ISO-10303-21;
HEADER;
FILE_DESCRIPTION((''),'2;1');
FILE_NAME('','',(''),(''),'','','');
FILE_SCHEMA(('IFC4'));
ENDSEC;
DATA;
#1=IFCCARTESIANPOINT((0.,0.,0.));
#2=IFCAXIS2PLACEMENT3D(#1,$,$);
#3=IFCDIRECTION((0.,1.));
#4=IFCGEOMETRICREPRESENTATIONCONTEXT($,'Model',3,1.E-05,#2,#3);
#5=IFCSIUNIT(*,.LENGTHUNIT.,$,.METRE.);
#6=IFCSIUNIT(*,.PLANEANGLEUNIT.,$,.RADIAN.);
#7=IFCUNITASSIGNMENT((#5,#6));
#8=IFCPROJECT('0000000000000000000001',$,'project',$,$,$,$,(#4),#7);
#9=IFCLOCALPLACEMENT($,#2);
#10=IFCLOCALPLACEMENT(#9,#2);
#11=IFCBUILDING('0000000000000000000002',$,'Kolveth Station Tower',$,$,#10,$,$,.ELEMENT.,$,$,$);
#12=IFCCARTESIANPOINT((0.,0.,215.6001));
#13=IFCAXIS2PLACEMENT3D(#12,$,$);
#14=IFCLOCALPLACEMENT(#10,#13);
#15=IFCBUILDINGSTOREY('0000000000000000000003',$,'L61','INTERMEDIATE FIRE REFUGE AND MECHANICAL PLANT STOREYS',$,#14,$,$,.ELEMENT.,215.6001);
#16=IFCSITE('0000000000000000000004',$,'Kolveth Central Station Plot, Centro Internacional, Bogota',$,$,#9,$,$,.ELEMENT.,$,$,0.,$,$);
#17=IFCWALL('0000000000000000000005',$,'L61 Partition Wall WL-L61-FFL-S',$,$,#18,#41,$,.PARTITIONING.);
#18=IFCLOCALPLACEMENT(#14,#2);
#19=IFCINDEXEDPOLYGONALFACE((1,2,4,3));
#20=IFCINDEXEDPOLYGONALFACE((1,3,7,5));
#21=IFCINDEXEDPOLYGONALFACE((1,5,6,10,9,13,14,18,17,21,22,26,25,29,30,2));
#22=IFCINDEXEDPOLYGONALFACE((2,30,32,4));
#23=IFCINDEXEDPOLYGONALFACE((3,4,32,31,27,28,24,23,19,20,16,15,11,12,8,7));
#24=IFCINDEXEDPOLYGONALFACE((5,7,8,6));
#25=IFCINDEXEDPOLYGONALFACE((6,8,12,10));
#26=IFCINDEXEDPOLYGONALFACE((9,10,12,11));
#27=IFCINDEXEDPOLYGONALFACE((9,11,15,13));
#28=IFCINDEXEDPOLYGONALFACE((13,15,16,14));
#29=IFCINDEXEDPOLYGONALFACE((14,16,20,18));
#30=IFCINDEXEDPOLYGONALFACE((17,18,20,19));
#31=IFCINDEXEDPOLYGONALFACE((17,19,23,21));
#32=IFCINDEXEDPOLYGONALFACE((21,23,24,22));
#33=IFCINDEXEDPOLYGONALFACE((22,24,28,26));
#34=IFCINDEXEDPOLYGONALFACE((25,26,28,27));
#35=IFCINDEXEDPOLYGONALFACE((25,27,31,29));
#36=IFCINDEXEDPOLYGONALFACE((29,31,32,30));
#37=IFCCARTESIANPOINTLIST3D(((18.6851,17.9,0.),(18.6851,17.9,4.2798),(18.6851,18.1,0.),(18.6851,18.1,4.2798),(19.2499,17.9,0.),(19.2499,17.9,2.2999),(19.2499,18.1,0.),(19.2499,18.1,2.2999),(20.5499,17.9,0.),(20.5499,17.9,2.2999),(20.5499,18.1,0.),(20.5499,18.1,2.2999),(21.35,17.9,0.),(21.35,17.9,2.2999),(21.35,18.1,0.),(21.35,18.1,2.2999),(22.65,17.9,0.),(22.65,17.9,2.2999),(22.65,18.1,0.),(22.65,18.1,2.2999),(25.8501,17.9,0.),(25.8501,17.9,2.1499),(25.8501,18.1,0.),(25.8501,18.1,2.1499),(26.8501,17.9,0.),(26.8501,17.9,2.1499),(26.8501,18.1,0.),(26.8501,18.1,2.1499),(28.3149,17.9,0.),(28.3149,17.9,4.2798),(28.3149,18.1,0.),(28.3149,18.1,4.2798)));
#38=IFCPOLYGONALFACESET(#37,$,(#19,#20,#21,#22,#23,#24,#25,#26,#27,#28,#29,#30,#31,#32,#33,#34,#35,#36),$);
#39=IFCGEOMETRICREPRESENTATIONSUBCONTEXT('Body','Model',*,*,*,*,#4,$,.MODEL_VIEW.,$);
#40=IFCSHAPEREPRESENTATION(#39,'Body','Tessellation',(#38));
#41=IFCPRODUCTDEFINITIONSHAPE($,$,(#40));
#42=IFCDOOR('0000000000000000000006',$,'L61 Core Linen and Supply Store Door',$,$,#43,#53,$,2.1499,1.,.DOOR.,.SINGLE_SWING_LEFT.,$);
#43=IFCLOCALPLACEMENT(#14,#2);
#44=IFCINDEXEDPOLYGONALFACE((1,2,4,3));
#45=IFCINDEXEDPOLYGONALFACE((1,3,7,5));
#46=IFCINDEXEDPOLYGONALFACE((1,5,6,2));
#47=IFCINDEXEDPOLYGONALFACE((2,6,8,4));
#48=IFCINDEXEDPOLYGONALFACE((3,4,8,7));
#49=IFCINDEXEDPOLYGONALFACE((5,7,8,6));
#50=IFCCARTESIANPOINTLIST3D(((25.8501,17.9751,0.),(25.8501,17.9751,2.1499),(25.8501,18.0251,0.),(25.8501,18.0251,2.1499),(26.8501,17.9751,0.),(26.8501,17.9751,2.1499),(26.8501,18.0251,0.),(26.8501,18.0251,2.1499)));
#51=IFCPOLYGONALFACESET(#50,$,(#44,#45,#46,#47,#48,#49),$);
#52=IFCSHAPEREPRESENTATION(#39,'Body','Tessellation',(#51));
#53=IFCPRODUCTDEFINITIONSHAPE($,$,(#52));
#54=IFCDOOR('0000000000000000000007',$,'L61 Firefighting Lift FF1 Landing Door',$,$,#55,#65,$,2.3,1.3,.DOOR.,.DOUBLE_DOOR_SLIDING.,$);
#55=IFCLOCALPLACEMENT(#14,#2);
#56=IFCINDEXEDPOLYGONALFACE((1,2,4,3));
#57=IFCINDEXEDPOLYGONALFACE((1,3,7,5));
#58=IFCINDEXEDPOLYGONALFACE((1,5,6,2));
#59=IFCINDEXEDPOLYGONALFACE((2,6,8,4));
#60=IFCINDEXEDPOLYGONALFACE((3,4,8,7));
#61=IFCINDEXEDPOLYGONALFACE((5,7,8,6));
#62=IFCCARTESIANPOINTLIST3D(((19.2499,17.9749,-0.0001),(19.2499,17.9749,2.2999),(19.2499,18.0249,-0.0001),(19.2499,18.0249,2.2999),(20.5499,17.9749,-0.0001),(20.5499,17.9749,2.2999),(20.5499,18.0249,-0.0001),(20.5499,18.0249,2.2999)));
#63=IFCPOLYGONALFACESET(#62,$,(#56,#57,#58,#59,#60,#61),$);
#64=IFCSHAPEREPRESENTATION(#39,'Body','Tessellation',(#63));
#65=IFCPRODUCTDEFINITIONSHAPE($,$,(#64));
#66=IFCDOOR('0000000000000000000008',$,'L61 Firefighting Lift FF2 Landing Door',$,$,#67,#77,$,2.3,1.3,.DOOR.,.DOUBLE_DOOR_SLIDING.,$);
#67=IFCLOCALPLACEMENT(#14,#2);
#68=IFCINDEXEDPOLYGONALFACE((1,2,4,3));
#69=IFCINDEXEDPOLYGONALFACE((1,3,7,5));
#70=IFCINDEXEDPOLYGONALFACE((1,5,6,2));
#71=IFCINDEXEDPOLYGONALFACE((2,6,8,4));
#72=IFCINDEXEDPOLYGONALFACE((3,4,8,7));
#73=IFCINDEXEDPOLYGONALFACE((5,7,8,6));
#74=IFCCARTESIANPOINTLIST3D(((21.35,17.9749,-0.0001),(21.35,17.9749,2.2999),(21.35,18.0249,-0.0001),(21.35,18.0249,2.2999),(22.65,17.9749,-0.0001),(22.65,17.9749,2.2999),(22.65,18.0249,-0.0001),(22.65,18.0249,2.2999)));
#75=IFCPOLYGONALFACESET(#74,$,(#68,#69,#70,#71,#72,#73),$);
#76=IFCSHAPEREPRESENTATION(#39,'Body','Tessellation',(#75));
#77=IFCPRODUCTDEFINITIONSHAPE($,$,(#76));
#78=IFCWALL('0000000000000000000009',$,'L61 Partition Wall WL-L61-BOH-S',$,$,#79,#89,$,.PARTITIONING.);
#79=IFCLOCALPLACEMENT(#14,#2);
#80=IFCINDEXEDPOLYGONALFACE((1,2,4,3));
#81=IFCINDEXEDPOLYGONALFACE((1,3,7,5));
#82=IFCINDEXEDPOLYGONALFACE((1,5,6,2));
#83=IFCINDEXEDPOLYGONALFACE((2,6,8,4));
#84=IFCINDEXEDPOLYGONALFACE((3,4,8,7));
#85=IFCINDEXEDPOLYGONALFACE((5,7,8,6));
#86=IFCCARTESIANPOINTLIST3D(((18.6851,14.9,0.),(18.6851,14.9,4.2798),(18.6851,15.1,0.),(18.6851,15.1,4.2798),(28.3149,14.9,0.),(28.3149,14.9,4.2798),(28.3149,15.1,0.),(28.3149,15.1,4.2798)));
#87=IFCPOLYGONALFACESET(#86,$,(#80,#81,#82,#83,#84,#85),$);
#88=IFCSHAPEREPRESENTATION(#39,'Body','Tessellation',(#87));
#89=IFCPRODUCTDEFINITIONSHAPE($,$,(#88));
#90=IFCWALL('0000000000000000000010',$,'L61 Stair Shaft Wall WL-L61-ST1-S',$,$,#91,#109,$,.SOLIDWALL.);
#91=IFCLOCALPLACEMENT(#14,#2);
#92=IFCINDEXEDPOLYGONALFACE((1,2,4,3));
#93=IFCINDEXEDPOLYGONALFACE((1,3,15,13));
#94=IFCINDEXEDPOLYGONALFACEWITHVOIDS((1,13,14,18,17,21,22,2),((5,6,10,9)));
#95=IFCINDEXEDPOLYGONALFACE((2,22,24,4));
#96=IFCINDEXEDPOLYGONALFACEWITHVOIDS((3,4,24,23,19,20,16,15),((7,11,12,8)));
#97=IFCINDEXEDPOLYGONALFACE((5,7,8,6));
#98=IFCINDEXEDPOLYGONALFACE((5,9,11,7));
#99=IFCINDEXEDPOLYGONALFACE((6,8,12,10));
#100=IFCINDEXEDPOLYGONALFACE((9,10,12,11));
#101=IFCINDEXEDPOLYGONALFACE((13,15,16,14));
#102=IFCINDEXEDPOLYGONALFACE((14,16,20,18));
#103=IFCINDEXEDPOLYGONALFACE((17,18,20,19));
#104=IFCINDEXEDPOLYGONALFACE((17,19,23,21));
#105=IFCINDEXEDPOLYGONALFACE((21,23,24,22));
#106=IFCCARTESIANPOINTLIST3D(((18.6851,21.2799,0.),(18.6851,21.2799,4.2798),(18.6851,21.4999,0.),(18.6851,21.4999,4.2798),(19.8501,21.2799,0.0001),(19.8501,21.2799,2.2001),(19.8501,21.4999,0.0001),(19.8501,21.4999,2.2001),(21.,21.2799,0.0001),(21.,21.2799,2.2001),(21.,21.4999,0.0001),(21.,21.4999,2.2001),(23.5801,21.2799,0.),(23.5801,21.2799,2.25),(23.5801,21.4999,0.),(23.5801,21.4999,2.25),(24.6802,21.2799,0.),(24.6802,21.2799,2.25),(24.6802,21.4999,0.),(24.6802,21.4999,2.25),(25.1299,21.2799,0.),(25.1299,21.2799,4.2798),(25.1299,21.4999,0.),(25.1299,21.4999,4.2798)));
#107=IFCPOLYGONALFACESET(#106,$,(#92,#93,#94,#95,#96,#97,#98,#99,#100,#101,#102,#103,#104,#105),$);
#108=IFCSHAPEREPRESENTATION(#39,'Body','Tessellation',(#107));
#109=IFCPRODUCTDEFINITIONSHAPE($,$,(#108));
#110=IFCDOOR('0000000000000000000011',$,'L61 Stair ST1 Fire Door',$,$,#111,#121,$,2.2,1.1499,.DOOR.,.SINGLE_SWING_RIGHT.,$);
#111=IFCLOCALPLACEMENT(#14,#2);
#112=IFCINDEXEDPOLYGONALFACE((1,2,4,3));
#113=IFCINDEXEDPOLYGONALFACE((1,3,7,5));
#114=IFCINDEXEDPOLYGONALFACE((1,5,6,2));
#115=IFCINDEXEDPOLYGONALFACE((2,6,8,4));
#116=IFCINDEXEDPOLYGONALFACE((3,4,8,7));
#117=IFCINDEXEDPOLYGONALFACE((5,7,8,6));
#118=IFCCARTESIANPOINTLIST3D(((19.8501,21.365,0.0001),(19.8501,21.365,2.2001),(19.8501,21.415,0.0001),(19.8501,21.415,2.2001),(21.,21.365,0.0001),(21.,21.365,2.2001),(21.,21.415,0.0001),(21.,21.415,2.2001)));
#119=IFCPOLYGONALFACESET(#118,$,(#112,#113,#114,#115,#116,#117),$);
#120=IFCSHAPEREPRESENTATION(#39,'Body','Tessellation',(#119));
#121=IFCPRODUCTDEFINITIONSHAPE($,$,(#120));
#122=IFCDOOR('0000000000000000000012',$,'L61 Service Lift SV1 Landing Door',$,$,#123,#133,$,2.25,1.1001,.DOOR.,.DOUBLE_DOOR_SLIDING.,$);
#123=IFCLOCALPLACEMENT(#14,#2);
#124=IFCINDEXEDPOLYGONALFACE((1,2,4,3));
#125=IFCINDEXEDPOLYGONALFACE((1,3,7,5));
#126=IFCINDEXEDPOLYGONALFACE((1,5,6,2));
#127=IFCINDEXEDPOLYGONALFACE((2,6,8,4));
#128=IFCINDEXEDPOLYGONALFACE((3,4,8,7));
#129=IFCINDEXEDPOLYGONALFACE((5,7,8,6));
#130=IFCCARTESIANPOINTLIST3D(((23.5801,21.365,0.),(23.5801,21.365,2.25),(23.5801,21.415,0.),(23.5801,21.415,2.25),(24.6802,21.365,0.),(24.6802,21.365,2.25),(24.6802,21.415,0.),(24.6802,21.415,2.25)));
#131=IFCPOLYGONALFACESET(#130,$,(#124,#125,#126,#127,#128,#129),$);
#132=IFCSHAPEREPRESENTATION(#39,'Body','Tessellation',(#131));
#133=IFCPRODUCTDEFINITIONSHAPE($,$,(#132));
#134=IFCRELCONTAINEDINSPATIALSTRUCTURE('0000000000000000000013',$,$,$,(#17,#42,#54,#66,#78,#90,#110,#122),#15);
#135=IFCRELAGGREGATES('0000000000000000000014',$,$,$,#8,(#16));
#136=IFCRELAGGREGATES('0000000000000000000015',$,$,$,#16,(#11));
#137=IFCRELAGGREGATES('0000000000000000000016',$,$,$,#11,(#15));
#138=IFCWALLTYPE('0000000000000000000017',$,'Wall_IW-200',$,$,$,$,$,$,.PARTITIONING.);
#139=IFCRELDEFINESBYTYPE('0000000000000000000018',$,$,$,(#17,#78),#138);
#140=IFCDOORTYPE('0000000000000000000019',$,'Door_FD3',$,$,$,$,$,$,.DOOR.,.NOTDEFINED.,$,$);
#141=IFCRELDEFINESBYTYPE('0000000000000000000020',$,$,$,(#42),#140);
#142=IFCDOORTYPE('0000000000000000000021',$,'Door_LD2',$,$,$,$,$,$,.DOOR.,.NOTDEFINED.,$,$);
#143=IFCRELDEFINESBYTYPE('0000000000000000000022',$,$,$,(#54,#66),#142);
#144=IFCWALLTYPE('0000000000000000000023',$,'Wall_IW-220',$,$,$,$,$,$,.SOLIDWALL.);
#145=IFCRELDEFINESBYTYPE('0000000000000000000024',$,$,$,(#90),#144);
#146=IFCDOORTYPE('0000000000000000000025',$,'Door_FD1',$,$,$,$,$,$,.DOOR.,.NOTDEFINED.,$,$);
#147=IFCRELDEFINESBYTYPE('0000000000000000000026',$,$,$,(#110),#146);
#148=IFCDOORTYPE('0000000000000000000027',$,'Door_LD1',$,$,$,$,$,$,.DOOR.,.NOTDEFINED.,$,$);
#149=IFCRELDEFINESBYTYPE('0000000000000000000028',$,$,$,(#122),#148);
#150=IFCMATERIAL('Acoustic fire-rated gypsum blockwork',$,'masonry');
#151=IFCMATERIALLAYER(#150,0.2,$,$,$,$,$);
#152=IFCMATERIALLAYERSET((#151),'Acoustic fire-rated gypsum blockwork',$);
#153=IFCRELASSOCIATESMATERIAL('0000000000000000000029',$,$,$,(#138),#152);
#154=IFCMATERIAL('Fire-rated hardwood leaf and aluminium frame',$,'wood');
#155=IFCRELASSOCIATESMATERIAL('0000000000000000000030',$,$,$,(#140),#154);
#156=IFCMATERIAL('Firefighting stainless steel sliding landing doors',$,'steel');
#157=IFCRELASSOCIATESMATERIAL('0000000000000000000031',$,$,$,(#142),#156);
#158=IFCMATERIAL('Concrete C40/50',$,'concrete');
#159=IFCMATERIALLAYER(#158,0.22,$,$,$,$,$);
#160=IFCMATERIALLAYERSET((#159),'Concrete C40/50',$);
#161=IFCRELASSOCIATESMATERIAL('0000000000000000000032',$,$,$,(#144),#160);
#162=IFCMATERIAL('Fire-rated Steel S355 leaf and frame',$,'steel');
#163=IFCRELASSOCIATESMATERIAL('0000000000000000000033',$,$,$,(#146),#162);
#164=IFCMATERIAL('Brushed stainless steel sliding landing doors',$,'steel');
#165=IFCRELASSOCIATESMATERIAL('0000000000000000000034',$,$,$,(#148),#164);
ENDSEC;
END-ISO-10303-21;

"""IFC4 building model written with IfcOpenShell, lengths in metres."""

from ifc_helpers import new_model, si_unit, direction, frame, frame_2d, origin, place, context, subcontext, project, spatial, rectangle, extrude, material, layer, layer_set, type_object, element, fill, save


model = new_model("IFC4")

# Units and contexts
model_context = context("Model", 3, precision=1e-05, world=origin(), true_north=direction((0.0, 1.0)))
body_context = subcontext(model_context, "Body", "Model", "MODEL_VIEW")
ifc_project = project(units=[si_unit("LENGTHUNIT", "METRE"), si_unit("PLANEANGLEUNIT", "RADIAN")], contexts=[model_context])

# Site, building, storey
site_placement = place(None, origin())
site = spatial("IfcSite", under=ifc_project, at=site_placement, Name="Kolveth Central Station Plot, Centro Internacional, Bogota", CompositionType="ELEMENT", RefElevation=0.0)
building_placement = place(site_placement, origin())
building = spatial("IfcBuilding", under=site, at=building_placement, Name="Kolveth Station Tower", CompositionType="ELEMENT")
storey_placement = place(building_placement, frame((0.0, 0.0, 215.6001)))
storey = spatial("IfcBuildingStorey", under=building, at=storey_placement, Name="L61", Description="INTERMEDIATE FIRE REFUGE AND MECHANICAL PLANT STOREYS", CompositionType="ELEMENT", Elevation=215.6001)

# Wall, openings, doors
ifc_material_1 = material(Name="Acoustic fire-rated gypsum blockwork", Category="masonry")
ifc_layer_1 = layer(ifc_material_1, 0.2)
ifc_layer_set_1 = layer_set([ifc_layer_1], Name="Acoustic fire-rated gypsum blockwork")
wall_type_1 = type_object("IfcWallType", Name="Wall_IW-200", PredefinedType="PARTITIONING", material=ifc_layer_set_1)
wall_1_placement = place(storey_placement, frame((18.6851, 18.0, 0.0), z_axis=(0.0, 0.0, 1.0), x_axis=(1.0, 0.0, 0.0)))
wall_1 = element("IfcWall", 1, at=wall_1_placement, inside=storey, type_object=wall_type_1, Name="L61 Partition Wall WL-L61-FFL-S", PredefinedType="PARTITIONING", context=body_context, shape_type="SweptSolid", body=[
    extrude(rectangle(XDim=9.6299, YDim=0.2, at=frame_2d((4.8149, 0.0))), origin(), (0.0, 0.0, 1.0), 4.2798),
])
opening_1_placement = place(wall_1_placement, frame((0.5649, 0.0, 0.0)))
opening_1 = element("IfcOpeningElement", 2, at=opening_1_placement, cuts=wall_1, PredefinedType="OPENING", context=body_context, shape_type="SweptSolid", body=[
    extrude(rectangle(XDim=1.3, YDim=2.3, at=frame_2d((0.6499, 1.1499))), frame((0.0, 0.1099, 0.0), z_axis=(0.0, -1.0, 0.0), x_axis=(1.0, 0.0, 0.0)), (0.0, 0.0, 1.0), 0.22),
])
opening_2_placement = place(wall_1_placement, frame((2.665, 0.0, 0.0)))
opening_2 = element("IfcOpeningElement", 3, at=opening_2_placement, cuts=wall_1, PredefinedType="OPENING", context=body_context, shape_type="SweptSolid", body=[
    extrude(rectangle(XDim=1.3, YDim=2.3, at=frame_2d((0.6499, 1.1499))), frame((0.0, 0.1099, 0.0), z_axis=(0.0, -1.0, 0.0), x_axis=(1.0, 0.0, 0.0)), (0.0, 0.0, 1.0), 0.22),
])
opening_3_placement = place(wall_1_placement, frame((7.165, 0.0, 0.0)))
opening_3 = element("IfcOpeningElement", 4, at=opening_3_placement, cuts=wall_1, PredefinedType="OPENING", context=body_context, shape_type="SweptSolid", body=[
    extrude(rectangle(XDim=1.0, YDim=2.1499, at=frame_2d((0.5, 1.075))), frame((0.0, 0.1099, 0.0), z_axis=(0.0, -1.0, 0.0), x_axis=(1.0, 0.0, 0.0)), (0.0, 0.0, 1.0), 0.22),
])
ifc_material_2 = material(Name="Fire-rated hardwood leaf and aluminium frame", Category="wood")
door_type_1 = type_object("IfcDoorType", Name="Door_FD3", OperationType="NOTDEFINED", PredefinedType="DOOR", material=ifc_material_2)
door_1_placement = place(opening_3_placement, frame((1.0, 0.0, 0.0), z_axis=(0.0, 0.0, 1.0), x_axis=(-1.0, 0.0, 0.0)))
door_1 = element("IfcDoor", 5, at=door_1_placement, inside=storey, type_object=door_type_1, Name="L61 Core Linen and Supply Store Door", OperationType="SINGLE_SWING_LEFT", OverallHeight=2.1499, OverallWidth=1.0, PredefinedType="DOOR", context=body_context, shape_type="SweptSolid", body=[
    extrude(rectangle(XDim=1.0, YDim=2.1499, at=frame_2d((0.5, 1.075))), frame((0.0, 0.0249, 0.0), z_axis=(0.0, -1.0, 0.0), x_axis=(1.0, 0.0, 0.0)), (0.0, 0.0, 1.0), 0.05),
])
fill(opening_3, door_1)
ifc_material_3 = material(Name="Firefighting stainless steel sliding landing doors", Category="steel")
door_type_2 = type_object("IfcDoorType", Name="Door_LD2", OperationType="NOTDEFINED", PredefinedType="DOOR", material=ifc_material_3)
door_2_placement = place(opening_1_placement, origin())
door_2 = element("IfcDoor", 6, at=door_2_placement, inside=storey, type_object=door_type_2, Name="L61 Firefighting Lift FF1 Landing Door", OperationType="DOUBLE_DOOR_SLIDING", OverallHeight=2.3, OverallWidth=1.3, PredefinedType="DOOR", context=body_context, shape_type="SweptSolid", body=[
    extrude(rectangle(XDim=1.3, YDim=2.3, at=frame_2d((0.6499, 1.1499))), frame((0.0, 0.0249, 0.0), z_axis=(0.0, -1.0, 0.0), x_axis=(1.0, 0.0, 0.0)), (0.0, 0.0, 1.0), 0.05),
])
fill(opening_1, door_2)
door_3_placement = place(opening_2_placement, origin())
door_3 = element("IfcDoor", 7, at=door_3_placement, inside=storey, type_object=door_type_2, Name="L61 Firefighting Lift FF2 Landing Door", OperationType="DOUBLE_DOOR_SLIDING", OverallHeight=2.3, OverallWidth=1.3, PredefinedType="DOOR", context=body_context, shape_type="SweptSolid", body=[
    extrude(rectangle(XDim=1.3, YDim=2.3, at=frame_2d((0.6499, 1.1499))), frame((0.0, 0.0249, 0.0), z_axis=(0.0, -1.0, 0.0), x_axis=(1.0, 0.0, 0.0)), (0.0, 0.0, 1.0), 0.05),
])
fill(opening_2, door_3)

# Wall
wall_2_placement = place(storey_placement, frame((18.6851, 15.0, 0.0), z_axis=(0.0, 0.0, 1.0), x_axis=(1.0, 0.0, 0.0)))
element("IfcWall", 8, at=wall_2_placement, inside=storey, type_object=wall_type_1, Name="L61 Partition Wall WL-L61-BOH-S", PredefinedType="PARTITIONING", context=body_context, shape_type="SweptSolid", body=[
    extrude(rectangle(XDim=9.6299, YDim=0.2, at=frame_2d((4.8149, 0.0))), origin(), (0.0, 0.0, 1.0), 4.2798),
])

# Wall, openings, doors
ifc_material_4 = material(Name="Concrete C40/50", Category="concrete")
ifc_layer_2 = layer(ifc_material_4, 0.22)
ifc_layer_set_2 = layer_set([ifc_layer_2], Name="Concrete C40/50")
wall_type_2 = type_object("IfcWallType", Name="Wall_IW-220", PredefinedType="SOLIDWALL", material=ifc_layer_set_2)
wall_3_placement = place(storey_placement, frame((18.6851, 21.3899, 0.0), z_axis=(0.0, 0.0, 1.0), x_axis=(1.0, 0.0, 0.0)))
wall_3 = element("IfcWall", 9, at=wall_3_placement, inside=storey, type_object=wall_type_2, Name="L61 Stair Shaft Wall WL-L61-ST1-S", PredefinedType="SOLIDWALL", context=body_context, shape_type="SweptSolid", body=[
    extrude(rectangle(XDim=6.4448, YDim=0.22, at=frame_2d((3.2224, 0.0))), origin(), (0.0, 0.0, 1.0), 4.2798),
])
opening_4_placement = place(wall_3_placement, frame((1.165, 0.0, 0.0)))
opening_4 = element("IfcOpeningElement", 10, at=opening_4_placement, cuts=wall_3, PredefinedType="OPENING", context=body_context, shape_type="SweptSolid", body=[
    extrude(rectangle(XDim=1.1499, YDim=2.2, at=frame_2d((0.575, 1.1001))), frame((0.0, 0.1199, 0.0), z_axis=(0.0, -1.0, 0.0), x_axis=(1.0, 0.0, 0.0)), (0.0, 0.0, 1.0), 0.24),
])
opening_5_placement = place(wall_3_placement, frame((4.895, 0.0, 0.0)))
opening_5 = element("IfcOpeningElement", 11, at=opening_5_placement, cuts=wall_3, PredefinedType="OPENING", context=body_context, shape_type="SweptSolid", body=[
    extrude(rectangle(XDim=1.1001, YDim=2.25, at=frame_2d((0.55, 1.125))), frame((0.0, 0.1199, 0.0), z_axis=(0.0, -1.0, 0.0), x_axis=(1.0, 0.0, 0.0)), (0.0, 0.0, 1.0), 0.24),
])
ifc_material_5 = material(Name="Fire-rated Steel S355 leaf and frame", Category="steel")
door_type_3 = type_object("IfcDoorType", Name="Door_FD1", OperationType="NOTDEFINED", PredefinedType="DOOR", material=ifc_material_5)
door_4_placement = place(opening_4_placement, frame((1.1499, 0.0, 0.0), z_axis=(0.0, 0.0, 1.0), x_axis=(-1.0, 0.0, 0.0)))
door_4 = element("IfcDoor", 12, at=door_4_placement, inside=storey, type_object=door_type_3, Name="L61 Stair ST1 Fire Door", OperationType="SINGLE_SWING_RIGHT", OverallHeight=2.2, OverallWidth=1.1499, PredefinedType="DOOR", context=body_context, shape_type="SweptSolid", body=[
    extrude(rectangle(XDim=1.1499, YDim=2.2, at=frame_2d((0.575, 1.1001))), frame((0.0, 0.0249, 0.0), z_axis=(0.0, -1.0, 0.0), x_axis=(1.0, 0.0, 0.0)), (0.0, 0.0, 1.0), 0.05),
])
fill(opening_4, door_4)
ifc_material_6 = material(Name="Brushed stainless steel sliding landing doors", Category="steel")
door_type_4 = type_object("IfcDoorType", Name="Door_LD1", OperationType="NOTDEFINED", PredefinedType="DOOR", material=ifc_material_6)
door_5_placement = place(opening_5_placement, frame((1.1001, 0.0, 0.0), z_axis=(0.0, 0.0, 1.0), x_axis=(-1.0, 0.0, 0.0)))
door_5 = element("IfcDoor", 13, at=door_5_placement, inside=storey, type_object=door_type_4, Name="L61 Service Lift SV1 Landing Door", OperationType="DOUBLE_DOOR_SLIDING", OverallHeight=2.25, OverallWidth=1.1001, PredefinedType="DOOR", context=body_context, shape_type="SweptSolid", body=[
    extrude(rectangle(XDim=1.1001, YDim=2.25, at=frame_2d((0.55, 1.125))), frame((0.0, 0.0249, 0.0), z_axis=(0.0, -1.0, 0.0), x_axis=(1.0, 0.0, 0.0)), (0.0, 0.0, 1.0), 0.05),
])
fill(opening_5, door_5)

save(model, "model.ifc")
